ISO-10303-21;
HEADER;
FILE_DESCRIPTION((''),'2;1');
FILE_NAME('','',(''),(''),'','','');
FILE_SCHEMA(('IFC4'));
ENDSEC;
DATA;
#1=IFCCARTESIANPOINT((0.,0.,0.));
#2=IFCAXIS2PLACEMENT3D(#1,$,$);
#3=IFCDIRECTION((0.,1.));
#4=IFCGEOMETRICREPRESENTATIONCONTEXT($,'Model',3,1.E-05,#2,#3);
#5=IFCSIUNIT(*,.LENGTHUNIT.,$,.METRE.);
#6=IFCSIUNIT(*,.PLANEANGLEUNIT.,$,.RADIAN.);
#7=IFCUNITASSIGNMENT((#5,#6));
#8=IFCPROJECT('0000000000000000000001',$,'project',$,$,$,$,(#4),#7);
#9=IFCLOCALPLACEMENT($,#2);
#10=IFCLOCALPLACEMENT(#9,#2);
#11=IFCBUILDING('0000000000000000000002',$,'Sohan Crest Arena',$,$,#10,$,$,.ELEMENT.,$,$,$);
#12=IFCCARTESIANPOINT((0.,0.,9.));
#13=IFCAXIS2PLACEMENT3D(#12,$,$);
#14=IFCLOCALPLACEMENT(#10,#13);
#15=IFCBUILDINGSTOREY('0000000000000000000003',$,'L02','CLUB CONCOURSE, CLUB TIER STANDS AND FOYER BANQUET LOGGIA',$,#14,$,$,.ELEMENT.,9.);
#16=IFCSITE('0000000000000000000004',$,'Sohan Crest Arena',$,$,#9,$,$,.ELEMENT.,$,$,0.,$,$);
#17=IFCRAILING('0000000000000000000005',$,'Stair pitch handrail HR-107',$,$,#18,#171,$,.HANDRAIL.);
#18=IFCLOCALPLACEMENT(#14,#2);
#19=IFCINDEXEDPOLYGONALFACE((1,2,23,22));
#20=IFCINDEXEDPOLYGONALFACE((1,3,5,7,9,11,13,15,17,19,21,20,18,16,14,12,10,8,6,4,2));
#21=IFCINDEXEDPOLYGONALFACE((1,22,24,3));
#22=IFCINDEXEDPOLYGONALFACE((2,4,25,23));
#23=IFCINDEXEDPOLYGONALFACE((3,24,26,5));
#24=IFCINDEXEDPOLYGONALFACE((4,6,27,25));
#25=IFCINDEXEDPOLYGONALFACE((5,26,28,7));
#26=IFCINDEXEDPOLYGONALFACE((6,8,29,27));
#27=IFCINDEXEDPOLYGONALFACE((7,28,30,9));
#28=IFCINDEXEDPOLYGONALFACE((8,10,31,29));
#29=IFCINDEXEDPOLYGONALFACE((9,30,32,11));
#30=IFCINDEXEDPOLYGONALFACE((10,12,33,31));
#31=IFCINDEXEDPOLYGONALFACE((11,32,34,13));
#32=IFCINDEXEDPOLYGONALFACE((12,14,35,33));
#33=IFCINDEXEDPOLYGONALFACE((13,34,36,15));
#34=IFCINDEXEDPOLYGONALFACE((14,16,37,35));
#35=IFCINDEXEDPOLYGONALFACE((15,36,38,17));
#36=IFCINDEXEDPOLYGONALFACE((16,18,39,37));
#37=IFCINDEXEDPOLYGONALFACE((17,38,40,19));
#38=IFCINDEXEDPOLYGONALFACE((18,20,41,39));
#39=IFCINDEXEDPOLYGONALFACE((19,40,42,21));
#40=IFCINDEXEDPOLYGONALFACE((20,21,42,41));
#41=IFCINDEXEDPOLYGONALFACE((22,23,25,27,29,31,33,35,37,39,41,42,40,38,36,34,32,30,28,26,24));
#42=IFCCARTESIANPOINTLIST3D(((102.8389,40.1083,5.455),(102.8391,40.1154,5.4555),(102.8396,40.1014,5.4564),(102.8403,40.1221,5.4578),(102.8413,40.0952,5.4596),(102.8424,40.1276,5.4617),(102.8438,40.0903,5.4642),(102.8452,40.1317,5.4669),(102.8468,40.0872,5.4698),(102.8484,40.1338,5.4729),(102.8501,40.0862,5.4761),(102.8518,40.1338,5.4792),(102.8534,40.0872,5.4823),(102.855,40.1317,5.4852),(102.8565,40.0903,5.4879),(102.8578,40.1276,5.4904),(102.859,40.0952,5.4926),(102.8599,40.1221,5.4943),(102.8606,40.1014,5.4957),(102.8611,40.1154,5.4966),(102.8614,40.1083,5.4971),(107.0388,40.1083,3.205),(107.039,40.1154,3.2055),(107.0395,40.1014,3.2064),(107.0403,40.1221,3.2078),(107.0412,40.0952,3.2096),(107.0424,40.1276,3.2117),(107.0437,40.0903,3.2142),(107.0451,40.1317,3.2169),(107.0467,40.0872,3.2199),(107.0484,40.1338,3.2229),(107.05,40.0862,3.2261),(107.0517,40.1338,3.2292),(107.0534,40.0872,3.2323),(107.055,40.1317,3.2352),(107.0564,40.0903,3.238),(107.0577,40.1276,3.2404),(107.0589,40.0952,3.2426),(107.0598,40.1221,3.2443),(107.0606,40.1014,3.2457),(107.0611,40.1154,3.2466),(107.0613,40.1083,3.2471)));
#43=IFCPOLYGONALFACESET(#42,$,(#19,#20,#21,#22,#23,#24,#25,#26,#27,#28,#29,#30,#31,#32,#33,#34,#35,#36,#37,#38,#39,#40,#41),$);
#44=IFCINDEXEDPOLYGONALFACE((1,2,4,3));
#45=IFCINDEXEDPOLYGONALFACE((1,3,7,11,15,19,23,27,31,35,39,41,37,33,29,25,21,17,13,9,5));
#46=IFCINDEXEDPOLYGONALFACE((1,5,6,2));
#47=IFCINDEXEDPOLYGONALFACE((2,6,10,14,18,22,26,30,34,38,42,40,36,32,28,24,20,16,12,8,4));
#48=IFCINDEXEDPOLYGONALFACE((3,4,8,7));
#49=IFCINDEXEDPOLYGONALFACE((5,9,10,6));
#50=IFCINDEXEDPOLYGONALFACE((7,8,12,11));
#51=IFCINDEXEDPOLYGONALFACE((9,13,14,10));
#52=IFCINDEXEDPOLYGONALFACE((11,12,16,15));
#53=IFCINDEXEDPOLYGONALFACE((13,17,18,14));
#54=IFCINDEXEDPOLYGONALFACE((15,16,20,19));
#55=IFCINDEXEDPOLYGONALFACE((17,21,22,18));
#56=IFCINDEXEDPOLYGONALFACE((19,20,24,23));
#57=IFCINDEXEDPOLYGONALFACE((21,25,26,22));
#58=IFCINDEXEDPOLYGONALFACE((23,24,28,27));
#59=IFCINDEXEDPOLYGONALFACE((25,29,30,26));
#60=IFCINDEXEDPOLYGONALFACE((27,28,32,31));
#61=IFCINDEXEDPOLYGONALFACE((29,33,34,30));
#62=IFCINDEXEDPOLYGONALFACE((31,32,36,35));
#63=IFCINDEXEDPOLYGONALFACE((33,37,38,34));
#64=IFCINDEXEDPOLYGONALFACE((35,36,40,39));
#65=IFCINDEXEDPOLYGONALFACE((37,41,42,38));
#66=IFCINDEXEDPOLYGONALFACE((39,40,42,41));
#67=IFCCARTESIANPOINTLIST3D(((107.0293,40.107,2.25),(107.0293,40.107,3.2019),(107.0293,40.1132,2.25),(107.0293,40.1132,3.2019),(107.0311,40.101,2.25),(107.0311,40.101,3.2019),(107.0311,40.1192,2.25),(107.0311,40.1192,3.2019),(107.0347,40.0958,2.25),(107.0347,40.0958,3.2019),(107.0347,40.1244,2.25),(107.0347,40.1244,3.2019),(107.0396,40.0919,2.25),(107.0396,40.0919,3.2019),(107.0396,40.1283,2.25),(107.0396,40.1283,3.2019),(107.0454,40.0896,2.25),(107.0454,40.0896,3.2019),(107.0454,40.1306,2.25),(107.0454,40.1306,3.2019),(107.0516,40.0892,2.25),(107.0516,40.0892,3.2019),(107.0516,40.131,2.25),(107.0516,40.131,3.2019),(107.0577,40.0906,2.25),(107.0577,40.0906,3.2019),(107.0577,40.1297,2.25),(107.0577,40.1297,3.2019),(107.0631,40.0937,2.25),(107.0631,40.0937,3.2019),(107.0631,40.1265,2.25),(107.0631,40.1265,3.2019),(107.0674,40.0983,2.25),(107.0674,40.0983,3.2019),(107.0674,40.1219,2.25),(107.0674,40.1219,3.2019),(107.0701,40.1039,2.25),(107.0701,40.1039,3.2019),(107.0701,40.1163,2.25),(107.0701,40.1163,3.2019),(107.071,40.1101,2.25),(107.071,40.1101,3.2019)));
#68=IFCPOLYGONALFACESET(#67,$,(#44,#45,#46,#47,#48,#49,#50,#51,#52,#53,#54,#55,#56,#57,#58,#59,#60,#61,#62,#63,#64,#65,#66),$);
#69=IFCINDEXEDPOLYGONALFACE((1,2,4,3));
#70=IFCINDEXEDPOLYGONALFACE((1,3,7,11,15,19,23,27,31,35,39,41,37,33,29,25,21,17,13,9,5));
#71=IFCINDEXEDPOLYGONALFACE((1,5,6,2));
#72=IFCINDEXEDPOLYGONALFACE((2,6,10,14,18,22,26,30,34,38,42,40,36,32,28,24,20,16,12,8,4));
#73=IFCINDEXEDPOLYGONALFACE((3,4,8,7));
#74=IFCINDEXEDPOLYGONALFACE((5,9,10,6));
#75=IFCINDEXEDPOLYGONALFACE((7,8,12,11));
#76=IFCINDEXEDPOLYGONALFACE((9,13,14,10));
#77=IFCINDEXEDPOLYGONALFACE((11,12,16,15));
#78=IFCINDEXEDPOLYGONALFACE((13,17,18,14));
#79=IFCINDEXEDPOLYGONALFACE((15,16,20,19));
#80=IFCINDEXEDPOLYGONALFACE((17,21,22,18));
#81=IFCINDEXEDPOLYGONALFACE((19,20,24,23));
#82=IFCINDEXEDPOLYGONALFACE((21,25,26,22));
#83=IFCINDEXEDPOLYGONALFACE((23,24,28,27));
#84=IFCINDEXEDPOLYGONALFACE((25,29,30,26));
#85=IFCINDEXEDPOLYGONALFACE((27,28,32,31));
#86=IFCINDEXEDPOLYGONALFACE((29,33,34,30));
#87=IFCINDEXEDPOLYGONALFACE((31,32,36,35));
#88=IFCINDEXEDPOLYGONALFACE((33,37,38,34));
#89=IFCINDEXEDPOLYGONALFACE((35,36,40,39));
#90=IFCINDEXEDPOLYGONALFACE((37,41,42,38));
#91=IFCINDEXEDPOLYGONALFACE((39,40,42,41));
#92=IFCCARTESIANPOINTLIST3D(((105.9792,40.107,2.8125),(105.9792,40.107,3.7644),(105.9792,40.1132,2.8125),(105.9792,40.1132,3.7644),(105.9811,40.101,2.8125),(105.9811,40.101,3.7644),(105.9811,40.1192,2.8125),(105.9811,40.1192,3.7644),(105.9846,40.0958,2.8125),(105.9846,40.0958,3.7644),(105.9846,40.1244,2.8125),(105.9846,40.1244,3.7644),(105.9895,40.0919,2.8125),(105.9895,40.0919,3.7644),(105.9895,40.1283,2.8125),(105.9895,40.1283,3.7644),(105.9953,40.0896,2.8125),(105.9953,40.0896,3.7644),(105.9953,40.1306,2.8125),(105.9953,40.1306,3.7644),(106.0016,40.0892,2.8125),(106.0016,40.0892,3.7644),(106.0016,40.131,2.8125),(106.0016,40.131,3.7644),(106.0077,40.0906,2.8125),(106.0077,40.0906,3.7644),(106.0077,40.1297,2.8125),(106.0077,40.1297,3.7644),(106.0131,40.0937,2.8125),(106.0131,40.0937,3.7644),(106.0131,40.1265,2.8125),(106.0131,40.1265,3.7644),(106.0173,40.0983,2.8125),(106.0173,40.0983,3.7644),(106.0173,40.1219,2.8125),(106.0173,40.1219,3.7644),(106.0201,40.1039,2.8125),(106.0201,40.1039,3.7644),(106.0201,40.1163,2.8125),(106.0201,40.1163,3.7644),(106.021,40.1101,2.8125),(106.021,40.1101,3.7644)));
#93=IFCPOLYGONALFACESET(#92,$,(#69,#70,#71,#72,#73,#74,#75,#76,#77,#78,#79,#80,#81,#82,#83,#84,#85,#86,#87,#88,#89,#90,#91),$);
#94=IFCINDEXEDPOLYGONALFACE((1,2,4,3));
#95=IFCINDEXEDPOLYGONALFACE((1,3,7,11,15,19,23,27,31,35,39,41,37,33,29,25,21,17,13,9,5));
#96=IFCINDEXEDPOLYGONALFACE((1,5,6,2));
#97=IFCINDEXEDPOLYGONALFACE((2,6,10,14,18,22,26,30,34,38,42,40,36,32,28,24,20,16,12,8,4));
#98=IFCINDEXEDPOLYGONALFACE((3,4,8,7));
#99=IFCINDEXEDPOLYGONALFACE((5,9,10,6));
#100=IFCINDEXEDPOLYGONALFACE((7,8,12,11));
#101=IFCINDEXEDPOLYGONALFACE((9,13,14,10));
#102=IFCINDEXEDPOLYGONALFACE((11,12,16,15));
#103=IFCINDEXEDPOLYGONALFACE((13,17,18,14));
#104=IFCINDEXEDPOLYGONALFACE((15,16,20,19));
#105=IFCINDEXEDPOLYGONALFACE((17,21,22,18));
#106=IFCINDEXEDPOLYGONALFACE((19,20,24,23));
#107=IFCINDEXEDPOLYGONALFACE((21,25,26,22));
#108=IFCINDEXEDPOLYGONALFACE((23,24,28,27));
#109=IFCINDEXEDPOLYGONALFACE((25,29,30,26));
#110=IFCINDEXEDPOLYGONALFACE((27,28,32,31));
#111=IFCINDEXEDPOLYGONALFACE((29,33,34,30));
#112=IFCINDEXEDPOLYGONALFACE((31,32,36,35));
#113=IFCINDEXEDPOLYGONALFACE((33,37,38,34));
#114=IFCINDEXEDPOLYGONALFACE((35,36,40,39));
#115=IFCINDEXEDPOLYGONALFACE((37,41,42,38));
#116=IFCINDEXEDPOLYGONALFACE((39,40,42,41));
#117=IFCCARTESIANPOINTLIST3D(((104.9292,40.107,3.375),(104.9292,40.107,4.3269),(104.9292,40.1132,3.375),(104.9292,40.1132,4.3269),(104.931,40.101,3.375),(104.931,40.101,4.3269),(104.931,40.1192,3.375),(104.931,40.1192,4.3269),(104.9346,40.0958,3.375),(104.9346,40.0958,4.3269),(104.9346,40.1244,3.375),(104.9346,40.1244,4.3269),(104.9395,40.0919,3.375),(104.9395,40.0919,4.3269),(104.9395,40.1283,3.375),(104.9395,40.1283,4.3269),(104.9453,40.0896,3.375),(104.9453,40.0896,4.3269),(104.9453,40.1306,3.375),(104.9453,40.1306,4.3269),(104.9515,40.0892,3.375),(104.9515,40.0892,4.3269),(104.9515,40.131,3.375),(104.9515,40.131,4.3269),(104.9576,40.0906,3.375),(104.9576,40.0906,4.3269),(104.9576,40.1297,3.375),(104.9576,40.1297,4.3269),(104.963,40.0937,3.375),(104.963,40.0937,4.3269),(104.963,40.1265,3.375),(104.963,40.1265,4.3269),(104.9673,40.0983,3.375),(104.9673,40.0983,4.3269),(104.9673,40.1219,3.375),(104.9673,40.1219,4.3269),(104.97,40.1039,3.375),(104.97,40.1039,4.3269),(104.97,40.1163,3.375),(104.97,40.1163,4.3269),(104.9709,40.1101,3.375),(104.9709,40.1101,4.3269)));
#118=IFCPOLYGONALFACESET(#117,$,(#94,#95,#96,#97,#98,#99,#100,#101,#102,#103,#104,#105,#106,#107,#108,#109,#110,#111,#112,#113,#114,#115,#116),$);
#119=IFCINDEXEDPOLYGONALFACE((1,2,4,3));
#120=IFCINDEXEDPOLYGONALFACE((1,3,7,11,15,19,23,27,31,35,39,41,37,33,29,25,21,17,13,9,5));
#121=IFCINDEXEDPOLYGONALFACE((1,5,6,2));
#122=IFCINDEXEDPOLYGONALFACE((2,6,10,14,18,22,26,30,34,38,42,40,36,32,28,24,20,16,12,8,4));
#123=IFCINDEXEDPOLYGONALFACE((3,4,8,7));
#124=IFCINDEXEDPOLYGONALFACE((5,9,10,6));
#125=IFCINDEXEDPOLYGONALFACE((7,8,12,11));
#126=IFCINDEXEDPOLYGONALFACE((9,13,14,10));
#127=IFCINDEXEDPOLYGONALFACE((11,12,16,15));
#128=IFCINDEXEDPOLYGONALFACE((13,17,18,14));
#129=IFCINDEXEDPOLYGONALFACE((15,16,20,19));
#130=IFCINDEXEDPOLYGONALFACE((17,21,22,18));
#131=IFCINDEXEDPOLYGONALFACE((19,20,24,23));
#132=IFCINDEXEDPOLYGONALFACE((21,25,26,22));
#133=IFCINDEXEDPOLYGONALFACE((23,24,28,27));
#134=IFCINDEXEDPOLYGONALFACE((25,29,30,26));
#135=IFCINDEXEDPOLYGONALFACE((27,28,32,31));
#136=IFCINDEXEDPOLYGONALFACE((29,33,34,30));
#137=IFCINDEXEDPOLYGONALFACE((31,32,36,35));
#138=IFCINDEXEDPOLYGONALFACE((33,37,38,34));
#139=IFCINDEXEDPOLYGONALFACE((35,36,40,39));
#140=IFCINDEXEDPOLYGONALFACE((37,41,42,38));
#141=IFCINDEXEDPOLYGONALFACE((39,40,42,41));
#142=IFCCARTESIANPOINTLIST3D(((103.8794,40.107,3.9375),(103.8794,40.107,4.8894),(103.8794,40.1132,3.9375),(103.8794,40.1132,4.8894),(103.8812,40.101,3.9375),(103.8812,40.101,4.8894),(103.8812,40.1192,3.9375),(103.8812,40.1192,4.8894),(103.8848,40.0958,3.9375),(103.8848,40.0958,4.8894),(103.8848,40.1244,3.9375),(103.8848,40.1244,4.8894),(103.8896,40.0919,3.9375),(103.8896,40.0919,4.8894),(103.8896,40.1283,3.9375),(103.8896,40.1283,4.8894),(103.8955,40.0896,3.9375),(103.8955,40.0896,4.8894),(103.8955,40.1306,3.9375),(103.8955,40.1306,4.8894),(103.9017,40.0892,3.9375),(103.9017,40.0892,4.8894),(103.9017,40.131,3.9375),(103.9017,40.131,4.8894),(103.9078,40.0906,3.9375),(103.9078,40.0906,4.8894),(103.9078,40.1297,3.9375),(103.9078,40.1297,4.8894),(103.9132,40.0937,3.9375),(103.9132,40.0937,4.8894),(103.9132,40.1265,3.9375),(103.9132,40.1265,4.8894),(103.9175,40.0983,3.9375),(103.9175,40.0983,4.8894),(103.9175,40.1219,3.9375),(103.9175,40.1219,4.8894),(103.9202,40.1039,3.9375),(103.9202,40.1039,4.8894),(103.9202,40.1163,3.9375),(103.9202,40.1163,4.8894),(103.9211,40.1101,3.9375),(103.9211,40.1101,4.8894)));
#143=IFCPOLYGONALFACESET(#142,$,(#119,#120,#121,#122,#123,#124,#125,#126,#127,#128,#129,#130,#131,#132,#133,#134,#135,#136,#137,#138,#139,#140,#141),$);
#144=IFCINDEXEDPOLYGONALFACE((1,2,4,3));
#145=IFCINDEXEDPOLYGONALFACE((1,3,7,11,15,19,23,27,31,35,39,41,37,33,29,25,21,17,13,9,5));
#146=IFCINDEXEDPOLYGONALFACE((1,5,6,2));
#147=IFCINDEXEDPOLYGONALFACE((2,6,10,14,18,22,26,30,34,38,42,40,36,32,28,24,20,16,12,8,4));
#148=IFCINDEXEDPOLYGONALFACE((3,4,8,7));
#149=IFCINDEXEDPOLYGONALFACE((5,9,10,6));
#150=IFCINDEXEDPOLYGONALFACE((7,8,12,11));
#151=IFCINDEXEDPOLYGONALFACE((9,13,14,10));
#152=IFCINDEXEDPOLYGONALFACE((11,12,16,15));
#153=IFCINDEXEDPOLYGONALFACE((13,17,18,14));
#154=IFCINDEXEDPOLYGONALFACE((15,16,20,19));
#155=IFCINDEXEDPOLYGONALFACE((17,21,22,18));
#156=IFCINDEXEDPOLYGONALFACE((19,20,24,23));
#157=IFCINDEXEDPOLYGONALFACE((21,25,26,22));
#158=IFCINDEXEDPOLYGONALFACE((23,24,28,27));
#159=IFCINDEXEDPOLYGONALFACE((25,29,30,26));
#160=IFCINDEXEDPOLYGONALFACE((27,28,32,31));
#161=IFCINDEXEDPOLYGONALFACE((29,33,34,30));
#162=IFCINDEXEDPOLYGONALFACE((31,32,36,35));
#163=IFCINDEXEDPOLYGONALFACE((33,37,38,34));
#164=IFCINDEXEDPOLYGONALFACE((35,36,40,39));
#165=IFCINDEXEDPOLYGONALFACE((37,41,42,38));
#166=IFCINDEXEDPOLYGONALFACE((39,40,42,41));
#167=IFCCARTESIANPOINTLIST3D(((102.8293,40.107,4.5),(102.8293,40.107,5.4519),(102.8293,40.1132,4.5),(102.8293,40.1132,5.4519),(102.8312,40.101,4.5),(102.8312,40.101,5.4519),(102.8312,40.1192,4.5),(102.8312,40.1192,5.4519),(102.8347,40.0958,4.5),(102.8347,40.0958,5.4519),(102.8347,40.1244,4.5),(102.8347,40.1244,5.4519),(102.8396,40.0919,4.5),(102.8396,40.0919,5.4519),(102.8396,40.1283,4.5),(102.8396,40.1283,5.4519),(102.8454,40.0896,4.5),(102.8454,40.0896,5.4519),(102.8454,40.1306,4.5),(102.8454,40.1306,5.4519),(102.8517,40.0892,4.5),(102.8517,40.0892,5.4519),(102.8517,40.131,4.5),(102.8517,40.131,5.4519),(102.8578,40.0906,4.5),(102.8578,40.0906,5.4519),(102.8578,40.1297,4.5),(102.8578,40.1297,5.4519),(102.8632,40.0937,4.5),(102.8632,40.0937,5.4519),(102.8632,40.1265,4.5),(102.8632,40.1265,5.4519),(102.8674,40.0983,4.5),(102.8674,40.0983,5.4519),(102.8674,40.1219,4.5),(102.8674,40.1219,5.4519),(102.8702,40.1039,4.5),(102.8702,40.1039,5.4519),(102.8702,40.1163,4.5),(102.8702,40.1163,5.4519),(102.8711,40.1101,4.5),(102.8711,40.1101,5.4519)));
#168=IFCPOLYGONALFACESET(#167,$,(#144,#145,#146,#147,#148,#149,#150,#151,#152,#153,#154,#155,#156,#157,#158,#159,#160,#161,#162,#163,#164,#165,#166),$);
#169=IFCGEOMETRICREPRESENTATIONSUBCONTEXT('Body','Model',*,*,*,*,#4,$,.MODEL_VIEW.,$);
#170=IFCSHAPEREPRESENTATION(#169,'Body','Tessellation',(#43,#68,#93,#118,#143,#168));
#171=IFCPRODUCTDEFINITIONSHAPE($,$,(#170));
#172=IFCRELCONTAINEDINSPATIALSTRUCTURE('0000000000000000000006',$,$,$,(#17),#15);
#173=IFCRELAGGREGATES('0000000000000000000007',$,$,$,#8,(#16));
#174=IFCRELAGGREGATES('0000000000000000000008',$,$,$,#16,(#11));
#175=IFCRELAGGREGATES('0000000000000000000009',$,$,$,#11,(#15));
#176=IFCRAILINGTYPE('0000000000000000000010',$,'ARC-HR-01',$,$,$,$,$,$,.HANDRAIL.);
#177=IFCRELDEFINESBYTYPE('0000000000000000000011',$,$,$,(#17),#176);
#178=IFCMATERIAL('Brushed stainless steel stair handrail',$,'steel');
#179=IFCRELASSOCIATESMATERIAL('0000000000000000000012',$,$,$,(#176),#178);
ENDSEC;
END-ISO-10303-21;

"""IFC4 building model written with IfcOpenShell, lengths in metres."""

from ifc_helpers import new_model, si_unit, direction, frame, origin, origin_2d, place, context, subcontext, project, spatial, circle, extrude, material, type_object, element, save


model = new_model("IFC4")

# Units and contexts
model_context = context("Model", 3, precision=1e-05, world=origin(), true_north=direction((0.0, 1.0)))
body_context = subcontext(model_context, "Body", "Model", "MODEL_VIEW")
ifc_project = project(units=[si_unit("LENGTHUNIT", "METRE"), si_unit("PLANEANGLEUNIT", "RADIAN")], contexts=[model_context])

# Site, building, storey
site_placement = place(None, origin())
site = spatial("IfcSite", under=ifc_project, at=site_placement, Name="Sohan Crest Arena", CompositionType="ELEMENT", RefElevation=0.0)
building_placement = place(site_placement, origin())
building = spatial("IfcBuilding", under=site, at=building_placement, Name="Sohan Crest Arena", CompositionType="ELEMENT")
storey_placement = place(building_placement, frame((0.0, 0.0, 9.0)))
storey = spatial("IfcBuildingStorey", under=building, at=storey_placement, Name="L02", Description="CLUB CONCOURSE, CLUB TIER STANDS AND FOYER BANQUET LOGGIA", CompositionType="ELEMENT", Elevation=9.0)

# Railing
ifc_material_1 = material(Name="Brushed stainless steel stair handrail", Category="steel")
railing_type_1 = type_object("IfcRailingType", Name="ARC-HR-01", PredefinedType="HANDRAIL", material=ifc_material_1)
railing_1_placement = place(storey_placement, frame((107.05, 40.1101, 2.25)))
element("IfcRailing", 1, at=railing_1_placement, inside=storey, type_object=railing_type_1, Name="Stair pitch handrail HR-107", PredefinedType="HANDRAIL", context=body_context, shape_type="SweptSolid", body=[
    extrude(circle(Radius=0.0239, at=origin_2d()), frame((0.0, 0.0, 0.9761), z_axis=(-0.881478, 0.0, 0.472226), x_axis=(0.0, -1.0, 0.0)), (0.0, 0.0, 1.0), 4.7646),
    extrude(circle(Radius=0.021, at=origin_2d()), origin(), (0.0, 0.0, 1.0), 0.9519),
    extrude(circle(Radius=0.021, at=origin_2d()), frame((-1.05, 0.0, 0.5625)), (0.0, 0.0, 1.0), 0.9519),
    extrude(circle(Radius=0.021, at=origin_2d()), frame((-2.1001, 0.0, 1.125)), (0.0, 0.0, 1.0), 0.9519),
    extrude(circle(Radius=0.021, at=origin_2d()), frame((-3.1499, 0.0, 1.6875)), (0.0, 0.0, 1.0), 0.9519),
    extrude(circle(Radius=0.021, at=origin_2d()), frame((-4.2, 0.0, 2.25)), (0.0, 0.0, 1.0), 0.9519),
])

save(model, "model.ifc")
